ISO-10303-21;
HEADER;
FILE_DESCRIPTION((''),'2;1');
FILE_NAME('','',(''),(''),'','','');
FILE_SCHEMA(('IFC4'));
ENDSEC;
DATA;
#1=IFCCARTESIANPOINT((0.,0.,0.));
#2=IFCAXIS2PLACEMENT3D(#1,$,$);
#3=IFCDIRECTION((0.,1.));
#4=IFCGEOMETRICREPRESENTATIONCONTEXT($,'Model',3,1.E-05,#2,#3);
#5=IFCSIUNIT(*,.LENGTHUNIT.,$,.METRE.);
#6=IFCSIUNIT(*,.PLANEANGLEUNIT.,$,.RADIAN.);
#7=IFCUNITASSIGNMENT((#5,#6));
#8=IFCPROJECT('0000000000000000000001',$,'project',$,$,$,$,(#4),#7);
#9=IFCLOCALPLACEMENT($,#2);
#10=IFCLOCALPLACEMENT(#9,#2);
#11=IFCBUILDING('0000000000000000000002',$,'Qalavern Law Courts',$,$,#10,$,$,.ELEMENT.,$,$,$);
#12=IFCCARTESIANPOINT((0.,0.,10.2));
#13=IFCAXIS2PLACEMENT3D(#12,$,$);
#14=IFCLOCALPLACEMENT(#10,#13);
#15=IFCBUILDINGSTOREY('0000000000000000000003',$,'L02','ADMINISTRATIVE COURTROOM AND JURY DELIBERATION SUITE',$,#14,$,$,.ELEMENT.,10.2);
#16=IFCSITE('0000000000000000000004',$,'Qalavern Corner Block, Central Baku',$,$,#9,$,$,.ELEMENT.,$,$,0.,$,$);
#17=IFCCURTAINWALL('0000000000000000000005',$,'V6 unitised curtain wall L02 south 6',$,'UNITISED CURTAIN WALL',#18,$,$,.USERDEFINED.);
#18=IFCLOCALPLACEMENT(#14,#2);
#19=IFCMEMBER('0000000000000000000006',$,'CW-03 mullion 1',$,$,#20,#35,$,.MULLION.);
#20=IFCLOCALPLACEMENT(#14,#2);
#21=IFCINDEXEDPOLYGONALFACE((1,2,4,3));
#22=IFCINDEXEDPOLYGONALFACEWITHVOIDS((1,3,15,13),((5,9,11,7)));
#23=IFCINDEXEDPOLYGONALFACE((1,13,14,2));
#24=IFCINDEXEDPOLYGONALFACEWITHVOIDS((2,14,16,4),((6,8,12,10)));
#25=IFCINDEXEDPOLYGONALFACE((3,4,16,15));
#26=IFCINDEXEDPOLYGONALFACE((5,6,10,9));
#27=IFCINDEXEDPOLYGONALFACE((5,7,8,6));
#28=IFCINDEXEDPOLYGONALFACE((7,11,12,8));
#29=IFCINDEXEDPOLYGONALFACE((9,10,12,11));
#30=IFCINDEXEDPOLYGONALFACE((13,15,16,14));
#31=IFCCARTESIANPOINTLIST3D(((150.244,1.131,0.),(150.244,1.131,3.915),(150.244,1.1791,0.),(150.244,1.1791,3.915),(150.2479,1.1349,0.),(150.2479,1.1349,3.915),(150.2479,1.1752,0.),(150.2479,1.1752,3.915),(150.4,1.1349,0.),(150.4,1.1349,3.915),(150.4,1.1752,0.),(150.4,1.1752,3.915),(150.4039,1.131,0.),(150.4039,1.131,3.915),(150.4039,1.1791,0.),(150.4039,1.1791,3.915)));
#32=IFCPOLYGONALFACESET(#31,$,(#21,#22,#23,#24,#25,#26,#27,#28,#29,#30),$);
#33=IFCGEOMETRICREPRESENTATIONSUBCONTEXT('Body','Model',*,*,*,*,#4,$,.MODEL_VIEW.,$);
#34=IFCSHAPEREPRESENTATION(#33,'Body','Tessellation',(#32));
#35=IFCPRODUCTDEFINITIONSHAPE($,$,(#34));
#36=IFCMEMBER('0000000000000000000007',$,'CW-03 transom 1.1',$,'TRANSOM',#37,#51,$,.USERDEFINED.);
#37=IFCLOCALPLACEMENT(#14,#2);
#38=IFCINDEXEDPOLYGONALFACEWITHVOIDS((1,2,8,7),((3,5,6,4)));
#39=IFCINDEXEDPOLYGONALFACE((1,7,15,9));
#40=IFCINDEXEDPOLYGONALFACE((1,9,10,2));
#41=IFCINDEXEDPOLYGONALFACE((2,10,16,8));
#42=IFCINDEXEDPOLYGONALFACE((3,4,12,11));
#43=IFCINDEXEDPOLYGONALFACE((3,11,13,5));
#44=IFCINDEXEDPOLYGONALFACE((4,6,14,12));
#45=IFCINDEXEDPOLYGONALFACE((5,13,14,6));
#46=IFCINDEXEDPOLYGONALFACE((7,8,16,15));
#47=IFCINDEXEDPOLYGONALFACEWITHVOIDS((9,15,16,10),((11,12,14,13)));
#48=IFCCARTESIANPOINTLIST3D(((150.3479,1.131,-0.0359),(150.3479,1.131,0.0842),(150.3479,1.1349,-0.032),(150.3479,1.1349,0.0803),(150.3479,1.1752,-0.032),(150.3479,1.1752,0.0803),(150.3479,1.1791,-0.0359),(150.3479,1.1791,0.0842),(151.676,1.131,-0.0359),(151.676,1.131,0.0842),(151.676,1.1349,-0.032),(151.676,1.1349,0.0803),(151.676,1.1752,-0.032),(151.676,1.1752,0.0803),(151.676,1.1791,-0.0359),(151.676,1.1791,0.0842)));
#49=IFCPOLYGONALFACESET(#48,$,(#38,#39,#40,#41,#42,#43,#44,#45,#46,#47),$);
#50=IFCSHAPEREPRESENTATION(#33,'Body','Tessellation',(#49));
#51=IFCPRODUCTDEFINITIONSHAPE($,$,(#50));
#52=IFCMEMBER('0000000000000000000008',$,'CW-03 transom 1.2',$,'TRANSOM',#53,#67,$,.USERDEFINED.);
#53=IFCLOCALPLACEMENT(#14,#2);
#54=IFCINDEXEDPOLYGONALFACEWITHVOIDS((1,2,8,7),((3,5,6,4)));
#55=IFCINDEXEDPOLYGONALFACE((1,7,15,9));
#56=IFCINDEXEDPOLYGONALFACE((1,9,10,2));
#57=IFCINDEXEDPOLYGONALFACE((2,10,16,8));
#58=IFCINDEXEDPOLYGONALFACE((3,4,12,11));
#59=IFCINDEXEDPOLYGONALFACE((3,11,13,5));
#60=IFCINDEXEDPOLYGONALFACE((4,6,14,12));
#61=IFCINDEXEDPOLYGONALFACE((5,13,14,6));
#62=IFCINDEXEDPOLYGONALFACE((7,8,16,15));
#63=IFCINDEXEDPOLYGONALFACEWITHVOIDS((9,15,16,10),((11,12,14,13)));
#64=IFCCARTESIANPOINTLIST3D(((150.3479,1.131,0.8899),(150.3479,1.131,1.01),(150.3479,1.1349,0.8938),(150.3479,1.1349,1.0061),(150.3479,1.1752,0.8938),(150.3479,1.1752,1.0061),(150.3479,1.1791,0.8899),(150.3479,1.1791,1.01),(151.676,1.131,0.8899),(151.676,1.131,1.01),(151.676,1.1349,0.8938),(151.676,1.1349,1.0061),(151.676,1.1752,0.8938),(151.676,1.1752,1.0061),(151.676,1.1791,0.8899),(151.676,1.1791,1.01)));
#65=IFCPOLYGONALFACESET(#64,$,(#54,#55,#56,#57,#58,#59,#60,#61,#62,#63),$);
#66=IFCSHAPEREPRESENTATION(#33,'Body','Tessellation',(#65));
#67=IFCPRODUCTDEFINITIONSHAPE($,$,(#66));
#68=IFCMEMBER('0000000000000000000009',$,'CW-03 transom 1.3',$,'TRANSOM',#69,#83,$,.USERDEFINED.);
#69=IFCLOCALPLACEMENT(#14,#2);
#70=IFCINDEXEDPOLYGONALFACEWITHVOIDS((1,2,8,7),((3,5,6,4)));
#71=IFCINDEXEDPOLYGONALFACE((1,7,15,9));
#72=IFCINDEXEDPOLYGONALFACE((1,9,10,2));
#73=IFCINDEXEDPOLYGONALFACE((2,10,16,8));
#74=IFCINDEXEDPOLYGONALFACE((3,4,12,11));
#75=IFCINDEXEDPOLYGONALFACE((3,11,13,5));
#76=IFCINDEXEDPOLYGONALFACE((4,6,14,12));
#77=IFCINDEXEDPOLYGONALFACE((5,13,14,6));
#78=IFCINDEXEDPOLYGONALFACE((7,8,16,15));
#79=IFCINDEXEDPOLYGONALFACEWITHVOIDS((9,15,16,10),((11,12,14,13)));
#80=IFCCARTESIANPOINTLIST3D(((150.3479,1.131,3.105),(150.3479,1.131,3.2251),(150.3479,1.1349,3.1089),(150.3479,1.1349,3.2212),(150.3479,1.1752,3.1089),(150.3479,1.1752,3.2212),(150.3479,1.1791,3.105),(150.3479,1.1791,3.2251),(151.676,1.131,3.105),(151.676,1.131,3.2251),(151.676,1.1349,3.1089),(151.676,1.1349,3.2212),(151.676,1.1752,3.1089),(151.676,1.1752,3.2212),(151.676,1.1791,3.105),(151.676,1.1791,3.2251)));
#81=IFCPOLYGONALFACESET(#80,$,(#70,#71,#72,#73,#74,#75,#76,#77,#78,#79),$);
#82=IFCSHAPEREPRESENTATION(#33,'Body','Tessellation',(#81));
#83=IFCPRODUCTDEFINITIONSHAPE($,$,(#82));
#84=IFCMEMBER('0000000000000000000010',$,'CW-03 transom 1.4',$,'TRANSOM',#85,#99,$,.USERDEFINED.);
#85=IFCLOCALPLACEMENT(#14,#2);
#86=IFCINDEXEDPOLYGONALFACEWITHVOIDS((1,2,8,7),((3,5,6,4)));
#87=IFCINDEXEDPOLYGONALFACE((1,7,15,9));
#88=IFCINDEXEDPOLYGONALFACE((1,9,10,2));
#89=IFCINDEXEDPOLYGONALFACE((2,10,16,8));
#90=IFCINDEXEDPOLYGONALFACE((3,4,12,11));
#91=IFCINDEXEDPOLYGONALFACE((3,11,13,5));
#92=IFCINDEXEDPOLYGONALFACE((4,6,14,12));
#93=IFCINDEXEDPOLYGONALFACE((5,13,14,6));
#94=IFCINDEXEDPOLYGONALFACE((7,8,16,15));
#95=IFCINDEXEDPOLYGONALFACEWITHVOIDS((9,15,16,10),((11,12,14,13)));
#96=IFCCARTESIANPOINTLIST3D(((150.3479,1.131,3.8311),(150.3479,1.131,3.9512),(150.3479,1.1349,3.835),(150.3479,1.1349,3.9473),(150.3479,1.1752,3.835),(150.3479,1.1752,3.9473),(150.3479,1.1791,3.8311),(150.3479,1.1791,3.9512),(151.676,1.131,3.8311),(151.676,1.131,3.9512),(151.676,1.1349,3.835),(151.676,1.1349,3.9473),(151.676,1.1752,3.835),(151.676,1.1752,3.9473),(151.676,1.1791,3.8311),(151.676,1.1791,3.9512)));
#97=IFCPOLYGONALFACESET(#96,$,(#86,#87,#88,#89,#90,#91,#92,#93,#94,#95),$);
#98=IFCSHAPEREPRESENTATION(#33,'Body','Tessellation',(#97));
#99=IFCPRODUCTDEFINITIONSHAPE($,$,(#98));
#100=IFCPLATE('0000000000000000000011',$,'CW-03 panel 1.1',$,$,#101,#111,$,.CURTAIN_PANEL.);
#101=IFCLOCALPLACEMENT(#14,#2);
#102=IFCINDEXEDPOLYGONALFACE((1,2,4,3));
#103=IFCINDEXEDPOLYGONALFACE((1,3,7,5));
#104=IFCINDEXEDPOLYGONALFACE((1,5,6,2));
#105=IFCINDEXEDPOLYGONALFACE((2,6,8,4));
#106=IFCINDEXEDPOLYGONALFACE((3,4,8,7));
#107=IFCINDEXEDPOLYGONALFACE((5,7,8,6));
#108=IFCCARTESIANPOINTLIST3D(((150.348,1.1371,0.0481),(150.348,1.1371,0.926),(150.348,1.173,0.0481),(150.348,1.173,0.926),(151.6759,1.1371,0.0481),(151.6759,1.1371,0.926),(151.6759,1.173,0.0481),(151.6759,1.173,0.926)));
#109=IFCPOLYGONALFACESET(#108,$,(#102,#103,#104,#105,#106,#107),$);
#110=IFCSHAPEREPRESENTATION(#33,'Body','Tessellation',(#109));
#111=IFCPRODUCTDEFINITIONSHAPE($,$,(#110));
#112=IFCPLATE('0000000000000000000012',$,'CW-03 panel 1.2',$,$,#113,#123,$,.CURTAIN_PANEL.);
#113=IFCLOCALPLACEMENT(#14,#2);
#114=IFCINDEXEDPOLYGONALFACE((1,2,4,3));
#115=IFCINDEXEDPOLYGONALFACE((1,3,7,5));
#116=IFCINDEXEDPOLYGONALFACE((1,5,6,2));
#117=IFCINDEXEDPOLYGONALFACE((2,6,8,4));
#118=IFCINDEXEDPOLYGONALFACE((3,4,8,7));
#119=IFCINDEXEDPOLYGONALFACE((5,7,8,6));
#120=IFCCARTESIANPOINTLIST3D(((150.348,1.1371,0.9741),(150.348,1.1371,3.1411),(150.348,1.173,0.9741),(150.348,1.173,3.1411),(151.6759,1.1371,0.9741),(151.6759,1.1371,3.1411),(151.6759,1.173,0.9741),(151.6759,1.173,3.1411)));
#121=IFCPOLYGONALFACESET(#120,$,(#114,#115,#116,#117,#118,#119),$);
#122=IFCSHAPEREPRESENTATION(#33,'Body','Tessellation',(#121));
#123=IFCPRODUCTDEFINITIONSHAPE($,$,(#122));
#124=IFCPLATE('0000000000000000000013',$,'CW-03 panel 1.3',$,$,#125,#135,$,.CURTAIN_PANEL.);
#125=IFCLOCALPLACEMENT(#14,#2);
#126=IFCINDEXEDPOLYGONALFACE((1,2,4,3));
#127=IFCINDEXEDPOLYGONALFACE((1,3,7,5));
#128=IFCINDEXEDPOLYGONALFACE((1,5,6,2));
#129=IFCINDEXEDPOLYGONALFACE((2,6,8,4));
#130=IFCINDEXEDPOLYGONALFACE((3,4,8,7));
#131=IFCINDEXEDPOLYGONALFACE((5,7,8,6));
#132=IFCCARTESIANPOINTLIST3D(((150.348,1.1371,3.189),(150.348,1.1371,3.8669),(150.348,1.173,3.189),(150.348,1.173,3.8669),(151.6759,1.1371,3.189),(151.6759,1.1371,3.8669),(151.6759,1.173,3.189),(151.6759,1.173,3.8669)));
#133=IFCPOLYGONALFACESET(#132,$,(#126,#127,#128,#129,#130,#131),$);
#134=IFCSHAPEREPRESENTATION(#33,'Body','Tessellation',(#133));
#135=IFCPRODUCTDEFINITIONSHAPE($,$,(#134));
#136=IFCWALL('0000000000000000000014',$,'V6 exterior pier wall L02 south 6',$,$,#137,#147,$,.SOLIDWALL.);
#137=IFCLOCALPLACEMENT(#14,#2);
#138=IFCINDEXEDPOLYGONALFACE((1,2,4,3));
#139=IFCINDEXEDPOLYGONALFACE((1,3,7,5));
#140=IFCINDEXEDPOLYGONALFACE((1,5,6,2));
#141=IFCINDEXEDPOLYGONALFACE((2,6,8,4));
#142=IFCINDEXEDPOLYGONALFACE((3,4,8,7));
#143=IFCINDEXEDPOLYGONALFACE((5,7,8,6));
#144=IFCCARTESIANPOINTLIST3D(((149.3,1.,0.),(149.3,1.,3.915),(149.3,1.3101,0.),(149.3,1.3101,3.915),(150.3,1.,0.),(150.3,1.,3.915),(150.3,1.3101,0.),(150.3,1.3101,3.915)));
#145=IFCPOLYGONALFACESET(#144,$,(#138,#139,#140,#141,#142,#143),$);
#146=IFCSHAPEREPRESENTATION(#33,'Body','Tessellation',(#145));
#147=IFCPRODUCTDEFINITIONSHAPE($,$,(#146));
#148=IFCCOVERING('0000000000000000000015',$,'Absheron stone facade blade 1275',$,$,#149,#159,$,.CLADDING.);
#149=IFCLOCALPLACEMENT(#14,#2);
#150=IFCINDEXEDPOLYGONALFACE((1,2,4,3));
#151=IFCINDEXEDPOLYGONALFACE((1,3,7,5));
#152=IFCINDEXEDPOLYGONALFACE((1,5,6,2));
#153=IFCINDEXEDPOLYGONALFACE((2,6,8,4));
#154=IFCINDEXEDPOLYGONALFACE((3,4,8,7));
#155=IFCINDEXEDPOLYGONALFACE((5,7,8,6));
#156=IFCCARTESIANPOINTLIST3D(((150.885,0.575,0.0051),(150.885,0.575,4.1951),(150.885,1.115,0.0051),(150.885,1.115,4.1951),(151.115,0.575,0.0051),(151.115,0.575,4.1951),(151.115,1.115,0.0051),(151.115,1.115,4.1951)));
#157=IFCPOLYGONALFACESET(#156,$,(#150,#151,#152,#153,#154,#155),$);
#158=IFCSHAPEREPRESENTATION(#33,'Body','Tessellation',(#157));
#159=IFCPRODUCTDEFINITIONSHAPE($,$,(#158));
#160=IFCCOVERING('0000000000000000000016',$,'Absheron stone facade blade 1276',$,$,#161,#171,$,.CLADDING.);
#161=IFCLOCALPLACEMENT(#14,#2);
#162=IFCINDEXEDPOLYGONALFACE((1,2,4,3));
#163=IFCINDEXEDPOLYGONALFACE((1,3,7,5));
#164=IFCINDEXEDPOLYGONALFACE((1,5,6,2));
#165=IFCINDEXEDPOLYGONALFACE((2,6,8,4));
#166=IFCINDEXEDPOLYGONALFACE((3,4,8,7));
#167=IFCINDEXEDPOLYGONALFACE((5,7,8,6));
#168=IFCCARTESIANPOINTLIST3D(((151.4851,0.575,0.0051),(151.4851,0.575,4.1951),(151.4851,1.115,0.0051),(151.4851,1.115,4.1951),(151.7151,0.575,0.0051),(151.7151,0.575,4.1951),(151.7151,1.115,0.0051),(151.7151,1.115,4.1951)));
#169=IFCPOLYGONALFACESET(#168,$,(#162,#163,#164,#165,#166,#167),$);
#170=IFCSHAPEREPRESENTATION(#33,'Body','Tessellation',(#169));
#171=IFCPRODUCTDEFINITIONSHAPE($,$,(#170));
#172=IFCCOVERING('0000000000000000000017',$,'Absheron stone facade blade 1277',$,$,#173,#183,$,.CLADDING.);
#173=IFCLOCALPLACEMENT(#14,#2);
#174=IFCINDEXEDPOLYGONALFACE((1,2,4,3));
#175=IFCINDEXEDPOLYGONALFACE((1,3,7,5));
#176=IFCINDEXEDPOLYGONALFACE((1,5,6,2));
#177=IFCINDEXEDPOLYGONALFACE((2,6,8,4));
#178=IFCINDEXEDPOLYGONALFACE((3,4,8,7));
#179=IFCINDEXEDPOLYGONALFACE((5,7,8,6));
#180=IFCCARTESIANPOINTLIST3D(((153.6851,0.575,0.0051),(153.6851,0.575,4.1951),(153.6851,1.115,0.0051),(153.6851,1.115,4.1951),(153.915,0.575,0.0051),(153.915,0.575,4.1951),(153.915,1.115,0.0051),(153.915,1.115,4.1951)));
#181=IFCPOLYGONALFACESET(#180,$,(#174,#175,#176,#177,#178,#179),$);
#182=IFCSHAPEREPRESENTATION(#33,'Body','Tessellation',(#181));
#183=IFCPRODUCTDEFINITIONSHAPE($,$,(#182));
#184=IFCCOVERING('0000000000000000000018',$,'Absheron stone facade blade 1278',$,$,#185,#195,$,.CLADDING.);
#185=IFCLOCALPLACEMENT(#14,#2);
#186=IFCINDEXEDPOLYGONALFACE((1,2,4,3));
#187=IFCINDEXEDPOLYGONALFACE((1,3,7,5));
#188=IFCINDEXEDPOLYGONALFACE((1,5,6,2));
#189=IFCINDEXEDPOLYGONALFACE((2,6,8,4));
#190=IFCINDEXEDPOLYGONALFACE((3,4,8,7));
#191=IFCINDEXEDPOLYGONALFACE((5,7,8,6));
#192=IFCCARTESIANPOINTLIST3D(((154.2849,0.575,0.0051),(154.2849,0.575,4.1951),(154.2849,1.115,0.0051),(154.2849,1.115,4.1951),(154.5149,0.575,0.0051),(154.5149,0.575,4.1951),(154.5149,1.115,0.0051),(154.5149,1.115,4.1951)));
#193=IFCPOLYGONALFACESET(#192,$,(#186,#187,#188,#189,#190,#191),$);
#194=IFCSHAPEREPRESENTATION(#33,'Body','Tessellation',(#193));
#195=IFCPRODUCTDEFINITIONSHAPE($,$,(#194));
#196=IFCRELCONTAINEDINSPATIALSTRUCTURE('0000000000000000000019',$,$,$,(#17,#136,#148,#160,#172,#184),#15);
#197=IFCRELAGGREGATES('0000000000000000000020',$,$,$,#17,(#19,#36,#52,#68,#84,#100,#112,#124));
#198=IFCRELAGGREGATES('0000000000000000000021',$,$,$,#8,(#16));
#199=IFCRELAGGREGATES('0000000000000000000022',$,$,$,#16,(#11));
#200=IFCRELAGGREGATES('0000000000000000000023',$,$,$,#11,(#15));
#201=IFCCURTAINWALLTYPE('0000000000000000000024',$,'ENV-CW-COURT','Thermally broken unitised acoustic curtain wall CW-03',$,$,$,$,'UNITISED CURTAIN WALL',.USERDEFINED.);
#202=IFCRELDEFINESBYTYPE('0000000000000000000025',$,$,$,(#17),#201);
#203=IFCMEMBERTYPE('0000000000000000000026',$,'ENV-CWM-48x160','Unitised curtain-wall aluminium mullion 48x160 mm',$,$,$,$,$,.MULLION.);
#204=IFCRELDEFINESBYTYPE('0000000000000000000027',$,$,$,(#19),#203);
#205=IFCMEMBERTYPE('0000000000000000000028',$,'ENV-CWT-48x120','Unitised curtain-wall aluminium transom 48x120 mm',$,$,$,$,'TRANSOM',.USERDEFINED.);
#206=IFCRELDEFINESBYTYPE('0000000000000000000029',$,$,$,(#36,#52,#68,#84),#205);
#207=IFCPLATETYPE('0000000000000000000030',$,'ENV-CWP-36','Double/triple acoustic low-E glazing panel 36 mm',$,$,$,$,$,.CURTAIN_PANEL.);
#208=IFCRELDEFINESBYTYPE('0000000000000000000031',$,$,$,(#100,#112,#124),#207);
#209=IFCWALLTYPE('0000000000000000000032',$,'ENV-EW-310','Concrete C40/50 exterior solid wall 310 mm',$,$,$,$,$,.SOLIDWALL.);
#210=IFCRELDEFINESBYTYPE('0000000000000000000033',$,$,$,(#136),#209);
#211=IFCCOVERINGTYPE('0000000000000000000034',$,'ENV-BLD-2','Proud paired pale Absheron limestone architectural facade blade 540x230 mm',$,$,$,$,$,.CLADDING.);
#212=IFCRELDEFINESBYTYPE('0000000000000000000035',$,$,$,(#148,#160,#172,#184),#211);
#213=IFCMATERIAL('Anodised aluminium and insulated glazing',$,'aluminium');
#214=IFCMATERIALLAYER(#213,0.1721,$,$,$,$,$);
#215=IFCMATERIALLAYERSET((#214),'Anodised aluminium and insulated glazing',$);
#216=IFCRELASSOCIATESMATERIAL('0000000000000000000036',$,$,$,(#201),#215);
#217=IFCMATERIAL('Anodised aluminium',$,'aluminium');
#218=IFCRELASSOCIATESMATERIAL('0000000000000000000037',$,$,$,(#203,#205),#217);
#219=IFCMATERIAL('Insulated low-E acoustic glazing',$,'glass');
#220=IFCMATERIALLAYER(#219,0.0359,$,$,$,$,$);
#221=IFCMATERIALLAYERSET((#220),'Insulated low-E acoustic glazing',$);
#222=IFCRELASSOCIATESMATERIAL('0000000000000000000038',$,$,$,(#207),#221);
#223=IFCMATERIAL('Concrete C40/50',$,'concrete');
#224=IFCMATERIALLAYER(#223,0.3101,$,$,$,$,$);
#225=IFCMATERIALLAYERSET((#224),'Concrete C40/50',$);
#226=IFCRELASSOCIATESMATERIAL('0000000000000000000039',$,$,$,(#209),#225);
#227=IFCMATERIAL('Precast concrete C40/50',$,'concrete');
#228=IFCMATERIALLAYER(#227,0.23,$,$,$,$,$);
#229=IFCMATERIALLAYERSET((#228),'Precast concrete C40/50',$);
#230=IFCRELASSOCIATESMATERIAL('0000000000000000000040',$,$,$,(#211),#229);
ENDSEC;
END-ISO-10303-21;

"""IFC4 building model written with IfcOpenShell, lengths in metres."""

from ifc_helpers import new_model, si_unit, direction, frame, frame_2d, origin, origin_2d, place, context, subcontext, project, spatial, rectangle, hollow_rectangle, extrude, material, layer, layer_set, material_profile, profile_set, type_object, element, aggregate, save


model = new_model("IFC4")

# Units and contexts
model_context = context("Model", 3, precision=1e-05, world=origin(), true_north=direction((0.0, 1.0)))
body_context = subcontext(model_context, "Body", "Model", "MODEL_VIEW")
ifc_project = project(units=[si_unit("LENGTHUNIT", "METRE"), si_unit("PLANEANGLEUNIT", "RADIAN")], contexts=[model_context])

# Site, building, storey
site_placement = place(None, origin())
site = spatial("IfcSite", under=ifc_project, at=site_placement, Name="Qalavern Corner Block, Central Baku", CompositionType="ELEMENT", RefElevation=0.0)
building_placement = place(site_placement, origin())
building = spatial("IfcBuilding", under=site, at=building_placement, Name="Qalavern Law Courts", CompositionType="ELEMENT")
storey_placement = place(building_placement, frame((0.0, 0.0, 10.2)))
storey = spatial("IfcBuildingStorey", under=building, at=storey_placement, Name="L02", Description="ADMINISTRATIVE COURTROOM AND JURY DELIBERATION SUITE", CompositionType="ELEMENT", Elevation=10.2)

# Curtain wall, members, plates
ifc_material_1 = material(Name="Anodised aluminium and insulated glazing", Category="aluminium")
ifc_layer_1 = layer(ifc_material_1, 0.1721)
ifc_layer_set_1 = layer_set([ifc_layer_1], Name="Anodised aluminium and insulated glazing")
curtain_wall_type = type_object("IfcCurtainWallType", Name="ENV-CW-COURT", Description="Thermally broken unitised acoustic curtain wall CW-03", ElementType="UNITISED CURTAIN WALL", PredefinedType="USERDEFINED", material=ifc_layer_set_1)
curtain_wall_placement = place(storey_placement, origin())
curtain_wall = element("IfcCurtainWall", 1, at=curtain_wall_placement, inside=storey, type_object=curtain_wall_type, Name="V6 unitised curtain wall L02 south 6", ObjectType="UNITISED CURTAIN WALL", PredefinedType="USERDEFINED")
ifc_material_2 = material(Name="Anodised aluminium", Category="aluminium")
ifc_material_profile_1 = material_profile(ifc_material_2, hollow_rectangle(XDim=0.0481, YDim=0.1599, WallThickness=0.0039, at=origin_2d()), Name="ALU MULLION 48x160")
ifc_profile_set_1 = profile_set([ifc_material_profile_1], Name="Anodised aluminium")
member_type_1 = type_object("IfcMemberType", Name="ENV-CWM-48x160", Description="Unitised curtain-wall aluminium mullion 48x160 mm", PredefinedType="MULLION", material=ifc_profile_set_1)
member_1_placement = place(storey_placement, frame((150.324, 1.155, 0.0), z_axis=(0.0, 0.0, 1.0), x_axis=(0.0, 1.0, 0.0)))
member_1 = element("IfcMember", 2, at=member_1_placement, type_object=member_type_1, Name="CW-03 mullion 1", PredefinedType="MULLION", context=body_context, shape_type="SweptSolid", body=[
    extrude(hollow_rectangle(XDim=0.0481, YDim=0.1599, WallThickness=0.0039, at=origin_2d()), origin(), (0.0, 0.0, 1.0), 3.915),
])
ifc_material_profile_2 = material_profile(ifc_material_2, hollow_rectangle(XDim=0.0481, YDim=0.1201, WallThickness=0.0039, at=origin_2d()), Name="ALU TRANSOM 48x120")
ifc_profile_set_2 = profile_set([ifc_material_profile_2], Name="Anodised aluminium")
member_type_2 = type_object("IfcMemberType", Name="ENV-CWT-48x120", Description="Unitised curtain-wall aluminium transom 48x120 mm", ElementType="TRANSOM", PredefinedType="USERDEFINED", material=ifc_profile_set_2)
member_2_placement = place(storey_placement, frame((150.3479, 1.155, 0.0242), z_axis=(1.0, 0.0, 0.0), x_axis=(0.0, 1.0, 0.0)))
member_2 = element("IfcMember", 3, at=member_2_placement, type_object=member_type_2, Name="CW-03 transom 1.1", ObjectType="TRANSOM", PredefinedType="USERDEFINED", context=body_context, shape_type="SweptSolid", body=[
    extrude(hollow_rectangle(XDim=0.0481, YDim=0.1201, WallThickness=0.0039, at=origin_2d()), origin(), (0.0, 0.0, 1.0), 1.3281),
])
member_3_placement = place(storey_placement, frame((150.3479, 1.155, 0.95), z_axis=(1.0, 0.0, 0.0), x_axis=(0.0, 1.0, 0.0)))
member_3 = element("IfcMember", 4, at=member_3_placement, type_object=member_type_2, Name="CW-03 transom 1.2", ObjectType="TRANSOM", PredefinedType="USERDEFINED", context=body_context, shape_type="SweptSolid", body=[
    extrude(hollow_rectangle(XDim=0.0481, YDim=0.1201, WallThickness=0.0039, at=origin_2d()), origin(), (0.0, 0.0, 1.0), 1.3281),
])
member_4_placement = place(storey_placement, frame((150.3479, 1.155, 3.165), z_axis=(1.0, 0.0, 0.0), x_axis=(0.0, 1.0, 0.0)))
member_4 = element("IfcMember", 5, at=member_4_placement, type_object=member_type_2, Name="CW-03 transom 1.3", ObjectType="TRANSOM", PredefinedType="USERDEFINED", context=body_context, shape_type="SweptSolid", body=[
    extrude(hollow_rectangle(XDim=0.0481, YDim=0.1201, WallThickness=0.0039, at=origin_2d()), origin(), (0.0, 0.0, 1.0), 1.3281),
])
member_5_placement = place(storey_placement, frame((150.3479, 1.155, 3.8911), z_axis=(1.0, 0.0, 0.0), x_axis=(0.0, 1.0, 0.0)))
member_5 = element("IfcMember", 6, at=member_5_placement, type_object=member_type_2, Name="CW-03 transom 1.4", ObjectType="TRANSOM", PredefinedType="USERDEFINED", context=body_context, shape_type="SweptSolid", body=[
    extrude(hollow_rectangle(XDim=0.0481, YDim=0.1201, WallThickness=0.0039, at=origin_2d()), origin(), (0.0, 0.0, 1.0), 1.3281),
])
ifc_material_3 = material(Name="Insulated low-E acoustic glazing", Category="glass")
ifc_layer_2 = layer(ifc_material_3, 0.0359)
ifc_layer_set_2 = layer_set([ifc_layer_2], Name="Insulated low-E acoustic glazing")
plate_type = type_object("IfcPlateType", Name="ENV-CWP-36", Description="Double/triple acoustic low-E glazing panel 36 mm", PredefinedType="CURTAIN_PANEL", material=ifc_layer_set_2)
plate_1_placement = place(storey_placement, frame((151.012, 1.155, 0.0481), z_axis=(0.0, 0.0, 1.0), x_axis=(1.0, 0.0, 0.0)))
plate_1 = element("IfcPlate", 7, at=plate_1_placement, type_object=plate_type, Name="CW-03 panel 1.1", PredefinedType="CURTAIN_PANEL", context=body_context, shape_type="SweptSolid", body=[
    extrude(rectangle(XDim=1.3279, YDim=0.0359, at=origin_2d()), origin(), (0.0, 0.0, 1.0), 0.8779),
])
plate_2_placement = place(storey_placement, frame((151.012, 1.155, 0.9741), z_axis=(0.0, 0.0, 1.0), x_axis=(1.0, 0.0, 0.0)))
plate_2 = element("IfcPlate", 8, at=plate_2_placement, type_object=plate_type, Name="CW-03 panel 1.2", PredefinedType="CURTAIN_PANEL", context=body_context, shape_type="SweptSolid", body=[
    extrude(rectangle(XDim=1.3279, YDim=0.0359, at=origin_2d()), origin(), (0.0, 0.0, 1.0), 2.167),
])
plate_3_placement = place(storey_placement, frame((151.012, 1.155, 3.189), z_axis=(0.0, 0.0, 1.0), x_axis=(1.0, 0.0, 0.0)))
plate_3 = element("IfcPlate", 9, at=plate_3_placement, type_object=plate_type, Name="CW-03 panel 1.3", PredefinedType="CURTAIN_PANEL", context=body_context, shape_type="SweptSolid", body=[
    extrude(rectangle(XDim=1.3279, YDim=0.0359, at=origin_2d()), origin(), (0.0, 0.0, 1.0), 0.678),
])
aggregate(curtain_wall, [member_1, member_2, member_3, member_4, member_5, plate_1, plate_2, plate_3])

# Wall
ifc_material_4 = material(Name="Concrete C40/50", Category="concrete")
ifc_layer_3 = layer(ifc_material_4, 0.3101)
ifc_layer_set_3 = layer_set([ifc_layer_3], Name="Concrete C40/50")
wall_type = type_object("IfcWallType", Name="ENV-EW-310", Description="Concrete C40/50 exterior solid wall 310 mm", PredefinedType="SOLIDWALL", material=ifc_layer_set_3)
wall_placement = place(storey_placement, frame((149.3, 1.155, 0.0), z_axis=(0.0, 0.0, 1.0), x_axis=(1.0, 0.0, 0.0)))
element("IfcWall", 10, at=wall_placement, inside=storey, type_object=wall_type, Name="V6 exterior pier wall L02 south 6", PredefinedType="SOLIDWALL", context=body_context, shape_type="SweptSolid", body=[
    extrude(rectangle(XDim=1.0, YDim=0.3101, at=frame_2d((0.5, 0.0))), origin(), (0.0, 0.0, 1.0), 3.915),
])

# Coverings
ifc_material_5 = material(Name="Precast concrete C40/50", Category="concrete")
ifc_layer_4 = layer(ifc_material_5, 0.23)
ifc_layer_set_4 = layer_set([ifc_layer_4], Name="Precast concrete C40/50")
covering_type_1 = type_object("IfcCoveringType", Name="ENV-BLD-2", Description="Proud paired pale Absheron limestone architectural facade blade 540x230 mm", PredefinedType="CLADDING", material=ifc_layer_set_4)
for number, where, z_axis, x_axis, name in (
    (11, (151.0, 0.845, 0.0051), (0.0, 0.0, 1.0), (0.0, -1.0, 0.0), "Absheron stone facade blade 1275"),
    (12, (151.6001, 0.845, 0.0051), (0.0, 0.0, 1.0), (0.0, -1.0, 0.0), "Absheron stone facade blade 1276"),
    (13, (153.8, 0.845, 0.0051), (0.0, 0.0, 1.0), (0.0, -1.0, 0.0), "Absheron stone facade blade 1277"),
    (14, (154.3999, 0.845, 0.0051), (0.0, 0.0, 1.0), (0.0, -1.0, 0.0), "Absheron stone facade blade 1278"),
):
    element("IfcCovering", number, at=place(storey_placement, frame(where, z_axis=z_axis, x_axis=x_axis)), inside=storey, type_object=covering_type_1, Name=name, PredefinedType="CLADDING", context=body_context, shape_type="SweptSolid", body=[
        extrude(rectangle(XDim=0.54, YDim=0.23, at=origin_2d()), origin(), (0.0, 0.0, 1.0), 4.1899),
    ])

save(model, "model.ifc")
